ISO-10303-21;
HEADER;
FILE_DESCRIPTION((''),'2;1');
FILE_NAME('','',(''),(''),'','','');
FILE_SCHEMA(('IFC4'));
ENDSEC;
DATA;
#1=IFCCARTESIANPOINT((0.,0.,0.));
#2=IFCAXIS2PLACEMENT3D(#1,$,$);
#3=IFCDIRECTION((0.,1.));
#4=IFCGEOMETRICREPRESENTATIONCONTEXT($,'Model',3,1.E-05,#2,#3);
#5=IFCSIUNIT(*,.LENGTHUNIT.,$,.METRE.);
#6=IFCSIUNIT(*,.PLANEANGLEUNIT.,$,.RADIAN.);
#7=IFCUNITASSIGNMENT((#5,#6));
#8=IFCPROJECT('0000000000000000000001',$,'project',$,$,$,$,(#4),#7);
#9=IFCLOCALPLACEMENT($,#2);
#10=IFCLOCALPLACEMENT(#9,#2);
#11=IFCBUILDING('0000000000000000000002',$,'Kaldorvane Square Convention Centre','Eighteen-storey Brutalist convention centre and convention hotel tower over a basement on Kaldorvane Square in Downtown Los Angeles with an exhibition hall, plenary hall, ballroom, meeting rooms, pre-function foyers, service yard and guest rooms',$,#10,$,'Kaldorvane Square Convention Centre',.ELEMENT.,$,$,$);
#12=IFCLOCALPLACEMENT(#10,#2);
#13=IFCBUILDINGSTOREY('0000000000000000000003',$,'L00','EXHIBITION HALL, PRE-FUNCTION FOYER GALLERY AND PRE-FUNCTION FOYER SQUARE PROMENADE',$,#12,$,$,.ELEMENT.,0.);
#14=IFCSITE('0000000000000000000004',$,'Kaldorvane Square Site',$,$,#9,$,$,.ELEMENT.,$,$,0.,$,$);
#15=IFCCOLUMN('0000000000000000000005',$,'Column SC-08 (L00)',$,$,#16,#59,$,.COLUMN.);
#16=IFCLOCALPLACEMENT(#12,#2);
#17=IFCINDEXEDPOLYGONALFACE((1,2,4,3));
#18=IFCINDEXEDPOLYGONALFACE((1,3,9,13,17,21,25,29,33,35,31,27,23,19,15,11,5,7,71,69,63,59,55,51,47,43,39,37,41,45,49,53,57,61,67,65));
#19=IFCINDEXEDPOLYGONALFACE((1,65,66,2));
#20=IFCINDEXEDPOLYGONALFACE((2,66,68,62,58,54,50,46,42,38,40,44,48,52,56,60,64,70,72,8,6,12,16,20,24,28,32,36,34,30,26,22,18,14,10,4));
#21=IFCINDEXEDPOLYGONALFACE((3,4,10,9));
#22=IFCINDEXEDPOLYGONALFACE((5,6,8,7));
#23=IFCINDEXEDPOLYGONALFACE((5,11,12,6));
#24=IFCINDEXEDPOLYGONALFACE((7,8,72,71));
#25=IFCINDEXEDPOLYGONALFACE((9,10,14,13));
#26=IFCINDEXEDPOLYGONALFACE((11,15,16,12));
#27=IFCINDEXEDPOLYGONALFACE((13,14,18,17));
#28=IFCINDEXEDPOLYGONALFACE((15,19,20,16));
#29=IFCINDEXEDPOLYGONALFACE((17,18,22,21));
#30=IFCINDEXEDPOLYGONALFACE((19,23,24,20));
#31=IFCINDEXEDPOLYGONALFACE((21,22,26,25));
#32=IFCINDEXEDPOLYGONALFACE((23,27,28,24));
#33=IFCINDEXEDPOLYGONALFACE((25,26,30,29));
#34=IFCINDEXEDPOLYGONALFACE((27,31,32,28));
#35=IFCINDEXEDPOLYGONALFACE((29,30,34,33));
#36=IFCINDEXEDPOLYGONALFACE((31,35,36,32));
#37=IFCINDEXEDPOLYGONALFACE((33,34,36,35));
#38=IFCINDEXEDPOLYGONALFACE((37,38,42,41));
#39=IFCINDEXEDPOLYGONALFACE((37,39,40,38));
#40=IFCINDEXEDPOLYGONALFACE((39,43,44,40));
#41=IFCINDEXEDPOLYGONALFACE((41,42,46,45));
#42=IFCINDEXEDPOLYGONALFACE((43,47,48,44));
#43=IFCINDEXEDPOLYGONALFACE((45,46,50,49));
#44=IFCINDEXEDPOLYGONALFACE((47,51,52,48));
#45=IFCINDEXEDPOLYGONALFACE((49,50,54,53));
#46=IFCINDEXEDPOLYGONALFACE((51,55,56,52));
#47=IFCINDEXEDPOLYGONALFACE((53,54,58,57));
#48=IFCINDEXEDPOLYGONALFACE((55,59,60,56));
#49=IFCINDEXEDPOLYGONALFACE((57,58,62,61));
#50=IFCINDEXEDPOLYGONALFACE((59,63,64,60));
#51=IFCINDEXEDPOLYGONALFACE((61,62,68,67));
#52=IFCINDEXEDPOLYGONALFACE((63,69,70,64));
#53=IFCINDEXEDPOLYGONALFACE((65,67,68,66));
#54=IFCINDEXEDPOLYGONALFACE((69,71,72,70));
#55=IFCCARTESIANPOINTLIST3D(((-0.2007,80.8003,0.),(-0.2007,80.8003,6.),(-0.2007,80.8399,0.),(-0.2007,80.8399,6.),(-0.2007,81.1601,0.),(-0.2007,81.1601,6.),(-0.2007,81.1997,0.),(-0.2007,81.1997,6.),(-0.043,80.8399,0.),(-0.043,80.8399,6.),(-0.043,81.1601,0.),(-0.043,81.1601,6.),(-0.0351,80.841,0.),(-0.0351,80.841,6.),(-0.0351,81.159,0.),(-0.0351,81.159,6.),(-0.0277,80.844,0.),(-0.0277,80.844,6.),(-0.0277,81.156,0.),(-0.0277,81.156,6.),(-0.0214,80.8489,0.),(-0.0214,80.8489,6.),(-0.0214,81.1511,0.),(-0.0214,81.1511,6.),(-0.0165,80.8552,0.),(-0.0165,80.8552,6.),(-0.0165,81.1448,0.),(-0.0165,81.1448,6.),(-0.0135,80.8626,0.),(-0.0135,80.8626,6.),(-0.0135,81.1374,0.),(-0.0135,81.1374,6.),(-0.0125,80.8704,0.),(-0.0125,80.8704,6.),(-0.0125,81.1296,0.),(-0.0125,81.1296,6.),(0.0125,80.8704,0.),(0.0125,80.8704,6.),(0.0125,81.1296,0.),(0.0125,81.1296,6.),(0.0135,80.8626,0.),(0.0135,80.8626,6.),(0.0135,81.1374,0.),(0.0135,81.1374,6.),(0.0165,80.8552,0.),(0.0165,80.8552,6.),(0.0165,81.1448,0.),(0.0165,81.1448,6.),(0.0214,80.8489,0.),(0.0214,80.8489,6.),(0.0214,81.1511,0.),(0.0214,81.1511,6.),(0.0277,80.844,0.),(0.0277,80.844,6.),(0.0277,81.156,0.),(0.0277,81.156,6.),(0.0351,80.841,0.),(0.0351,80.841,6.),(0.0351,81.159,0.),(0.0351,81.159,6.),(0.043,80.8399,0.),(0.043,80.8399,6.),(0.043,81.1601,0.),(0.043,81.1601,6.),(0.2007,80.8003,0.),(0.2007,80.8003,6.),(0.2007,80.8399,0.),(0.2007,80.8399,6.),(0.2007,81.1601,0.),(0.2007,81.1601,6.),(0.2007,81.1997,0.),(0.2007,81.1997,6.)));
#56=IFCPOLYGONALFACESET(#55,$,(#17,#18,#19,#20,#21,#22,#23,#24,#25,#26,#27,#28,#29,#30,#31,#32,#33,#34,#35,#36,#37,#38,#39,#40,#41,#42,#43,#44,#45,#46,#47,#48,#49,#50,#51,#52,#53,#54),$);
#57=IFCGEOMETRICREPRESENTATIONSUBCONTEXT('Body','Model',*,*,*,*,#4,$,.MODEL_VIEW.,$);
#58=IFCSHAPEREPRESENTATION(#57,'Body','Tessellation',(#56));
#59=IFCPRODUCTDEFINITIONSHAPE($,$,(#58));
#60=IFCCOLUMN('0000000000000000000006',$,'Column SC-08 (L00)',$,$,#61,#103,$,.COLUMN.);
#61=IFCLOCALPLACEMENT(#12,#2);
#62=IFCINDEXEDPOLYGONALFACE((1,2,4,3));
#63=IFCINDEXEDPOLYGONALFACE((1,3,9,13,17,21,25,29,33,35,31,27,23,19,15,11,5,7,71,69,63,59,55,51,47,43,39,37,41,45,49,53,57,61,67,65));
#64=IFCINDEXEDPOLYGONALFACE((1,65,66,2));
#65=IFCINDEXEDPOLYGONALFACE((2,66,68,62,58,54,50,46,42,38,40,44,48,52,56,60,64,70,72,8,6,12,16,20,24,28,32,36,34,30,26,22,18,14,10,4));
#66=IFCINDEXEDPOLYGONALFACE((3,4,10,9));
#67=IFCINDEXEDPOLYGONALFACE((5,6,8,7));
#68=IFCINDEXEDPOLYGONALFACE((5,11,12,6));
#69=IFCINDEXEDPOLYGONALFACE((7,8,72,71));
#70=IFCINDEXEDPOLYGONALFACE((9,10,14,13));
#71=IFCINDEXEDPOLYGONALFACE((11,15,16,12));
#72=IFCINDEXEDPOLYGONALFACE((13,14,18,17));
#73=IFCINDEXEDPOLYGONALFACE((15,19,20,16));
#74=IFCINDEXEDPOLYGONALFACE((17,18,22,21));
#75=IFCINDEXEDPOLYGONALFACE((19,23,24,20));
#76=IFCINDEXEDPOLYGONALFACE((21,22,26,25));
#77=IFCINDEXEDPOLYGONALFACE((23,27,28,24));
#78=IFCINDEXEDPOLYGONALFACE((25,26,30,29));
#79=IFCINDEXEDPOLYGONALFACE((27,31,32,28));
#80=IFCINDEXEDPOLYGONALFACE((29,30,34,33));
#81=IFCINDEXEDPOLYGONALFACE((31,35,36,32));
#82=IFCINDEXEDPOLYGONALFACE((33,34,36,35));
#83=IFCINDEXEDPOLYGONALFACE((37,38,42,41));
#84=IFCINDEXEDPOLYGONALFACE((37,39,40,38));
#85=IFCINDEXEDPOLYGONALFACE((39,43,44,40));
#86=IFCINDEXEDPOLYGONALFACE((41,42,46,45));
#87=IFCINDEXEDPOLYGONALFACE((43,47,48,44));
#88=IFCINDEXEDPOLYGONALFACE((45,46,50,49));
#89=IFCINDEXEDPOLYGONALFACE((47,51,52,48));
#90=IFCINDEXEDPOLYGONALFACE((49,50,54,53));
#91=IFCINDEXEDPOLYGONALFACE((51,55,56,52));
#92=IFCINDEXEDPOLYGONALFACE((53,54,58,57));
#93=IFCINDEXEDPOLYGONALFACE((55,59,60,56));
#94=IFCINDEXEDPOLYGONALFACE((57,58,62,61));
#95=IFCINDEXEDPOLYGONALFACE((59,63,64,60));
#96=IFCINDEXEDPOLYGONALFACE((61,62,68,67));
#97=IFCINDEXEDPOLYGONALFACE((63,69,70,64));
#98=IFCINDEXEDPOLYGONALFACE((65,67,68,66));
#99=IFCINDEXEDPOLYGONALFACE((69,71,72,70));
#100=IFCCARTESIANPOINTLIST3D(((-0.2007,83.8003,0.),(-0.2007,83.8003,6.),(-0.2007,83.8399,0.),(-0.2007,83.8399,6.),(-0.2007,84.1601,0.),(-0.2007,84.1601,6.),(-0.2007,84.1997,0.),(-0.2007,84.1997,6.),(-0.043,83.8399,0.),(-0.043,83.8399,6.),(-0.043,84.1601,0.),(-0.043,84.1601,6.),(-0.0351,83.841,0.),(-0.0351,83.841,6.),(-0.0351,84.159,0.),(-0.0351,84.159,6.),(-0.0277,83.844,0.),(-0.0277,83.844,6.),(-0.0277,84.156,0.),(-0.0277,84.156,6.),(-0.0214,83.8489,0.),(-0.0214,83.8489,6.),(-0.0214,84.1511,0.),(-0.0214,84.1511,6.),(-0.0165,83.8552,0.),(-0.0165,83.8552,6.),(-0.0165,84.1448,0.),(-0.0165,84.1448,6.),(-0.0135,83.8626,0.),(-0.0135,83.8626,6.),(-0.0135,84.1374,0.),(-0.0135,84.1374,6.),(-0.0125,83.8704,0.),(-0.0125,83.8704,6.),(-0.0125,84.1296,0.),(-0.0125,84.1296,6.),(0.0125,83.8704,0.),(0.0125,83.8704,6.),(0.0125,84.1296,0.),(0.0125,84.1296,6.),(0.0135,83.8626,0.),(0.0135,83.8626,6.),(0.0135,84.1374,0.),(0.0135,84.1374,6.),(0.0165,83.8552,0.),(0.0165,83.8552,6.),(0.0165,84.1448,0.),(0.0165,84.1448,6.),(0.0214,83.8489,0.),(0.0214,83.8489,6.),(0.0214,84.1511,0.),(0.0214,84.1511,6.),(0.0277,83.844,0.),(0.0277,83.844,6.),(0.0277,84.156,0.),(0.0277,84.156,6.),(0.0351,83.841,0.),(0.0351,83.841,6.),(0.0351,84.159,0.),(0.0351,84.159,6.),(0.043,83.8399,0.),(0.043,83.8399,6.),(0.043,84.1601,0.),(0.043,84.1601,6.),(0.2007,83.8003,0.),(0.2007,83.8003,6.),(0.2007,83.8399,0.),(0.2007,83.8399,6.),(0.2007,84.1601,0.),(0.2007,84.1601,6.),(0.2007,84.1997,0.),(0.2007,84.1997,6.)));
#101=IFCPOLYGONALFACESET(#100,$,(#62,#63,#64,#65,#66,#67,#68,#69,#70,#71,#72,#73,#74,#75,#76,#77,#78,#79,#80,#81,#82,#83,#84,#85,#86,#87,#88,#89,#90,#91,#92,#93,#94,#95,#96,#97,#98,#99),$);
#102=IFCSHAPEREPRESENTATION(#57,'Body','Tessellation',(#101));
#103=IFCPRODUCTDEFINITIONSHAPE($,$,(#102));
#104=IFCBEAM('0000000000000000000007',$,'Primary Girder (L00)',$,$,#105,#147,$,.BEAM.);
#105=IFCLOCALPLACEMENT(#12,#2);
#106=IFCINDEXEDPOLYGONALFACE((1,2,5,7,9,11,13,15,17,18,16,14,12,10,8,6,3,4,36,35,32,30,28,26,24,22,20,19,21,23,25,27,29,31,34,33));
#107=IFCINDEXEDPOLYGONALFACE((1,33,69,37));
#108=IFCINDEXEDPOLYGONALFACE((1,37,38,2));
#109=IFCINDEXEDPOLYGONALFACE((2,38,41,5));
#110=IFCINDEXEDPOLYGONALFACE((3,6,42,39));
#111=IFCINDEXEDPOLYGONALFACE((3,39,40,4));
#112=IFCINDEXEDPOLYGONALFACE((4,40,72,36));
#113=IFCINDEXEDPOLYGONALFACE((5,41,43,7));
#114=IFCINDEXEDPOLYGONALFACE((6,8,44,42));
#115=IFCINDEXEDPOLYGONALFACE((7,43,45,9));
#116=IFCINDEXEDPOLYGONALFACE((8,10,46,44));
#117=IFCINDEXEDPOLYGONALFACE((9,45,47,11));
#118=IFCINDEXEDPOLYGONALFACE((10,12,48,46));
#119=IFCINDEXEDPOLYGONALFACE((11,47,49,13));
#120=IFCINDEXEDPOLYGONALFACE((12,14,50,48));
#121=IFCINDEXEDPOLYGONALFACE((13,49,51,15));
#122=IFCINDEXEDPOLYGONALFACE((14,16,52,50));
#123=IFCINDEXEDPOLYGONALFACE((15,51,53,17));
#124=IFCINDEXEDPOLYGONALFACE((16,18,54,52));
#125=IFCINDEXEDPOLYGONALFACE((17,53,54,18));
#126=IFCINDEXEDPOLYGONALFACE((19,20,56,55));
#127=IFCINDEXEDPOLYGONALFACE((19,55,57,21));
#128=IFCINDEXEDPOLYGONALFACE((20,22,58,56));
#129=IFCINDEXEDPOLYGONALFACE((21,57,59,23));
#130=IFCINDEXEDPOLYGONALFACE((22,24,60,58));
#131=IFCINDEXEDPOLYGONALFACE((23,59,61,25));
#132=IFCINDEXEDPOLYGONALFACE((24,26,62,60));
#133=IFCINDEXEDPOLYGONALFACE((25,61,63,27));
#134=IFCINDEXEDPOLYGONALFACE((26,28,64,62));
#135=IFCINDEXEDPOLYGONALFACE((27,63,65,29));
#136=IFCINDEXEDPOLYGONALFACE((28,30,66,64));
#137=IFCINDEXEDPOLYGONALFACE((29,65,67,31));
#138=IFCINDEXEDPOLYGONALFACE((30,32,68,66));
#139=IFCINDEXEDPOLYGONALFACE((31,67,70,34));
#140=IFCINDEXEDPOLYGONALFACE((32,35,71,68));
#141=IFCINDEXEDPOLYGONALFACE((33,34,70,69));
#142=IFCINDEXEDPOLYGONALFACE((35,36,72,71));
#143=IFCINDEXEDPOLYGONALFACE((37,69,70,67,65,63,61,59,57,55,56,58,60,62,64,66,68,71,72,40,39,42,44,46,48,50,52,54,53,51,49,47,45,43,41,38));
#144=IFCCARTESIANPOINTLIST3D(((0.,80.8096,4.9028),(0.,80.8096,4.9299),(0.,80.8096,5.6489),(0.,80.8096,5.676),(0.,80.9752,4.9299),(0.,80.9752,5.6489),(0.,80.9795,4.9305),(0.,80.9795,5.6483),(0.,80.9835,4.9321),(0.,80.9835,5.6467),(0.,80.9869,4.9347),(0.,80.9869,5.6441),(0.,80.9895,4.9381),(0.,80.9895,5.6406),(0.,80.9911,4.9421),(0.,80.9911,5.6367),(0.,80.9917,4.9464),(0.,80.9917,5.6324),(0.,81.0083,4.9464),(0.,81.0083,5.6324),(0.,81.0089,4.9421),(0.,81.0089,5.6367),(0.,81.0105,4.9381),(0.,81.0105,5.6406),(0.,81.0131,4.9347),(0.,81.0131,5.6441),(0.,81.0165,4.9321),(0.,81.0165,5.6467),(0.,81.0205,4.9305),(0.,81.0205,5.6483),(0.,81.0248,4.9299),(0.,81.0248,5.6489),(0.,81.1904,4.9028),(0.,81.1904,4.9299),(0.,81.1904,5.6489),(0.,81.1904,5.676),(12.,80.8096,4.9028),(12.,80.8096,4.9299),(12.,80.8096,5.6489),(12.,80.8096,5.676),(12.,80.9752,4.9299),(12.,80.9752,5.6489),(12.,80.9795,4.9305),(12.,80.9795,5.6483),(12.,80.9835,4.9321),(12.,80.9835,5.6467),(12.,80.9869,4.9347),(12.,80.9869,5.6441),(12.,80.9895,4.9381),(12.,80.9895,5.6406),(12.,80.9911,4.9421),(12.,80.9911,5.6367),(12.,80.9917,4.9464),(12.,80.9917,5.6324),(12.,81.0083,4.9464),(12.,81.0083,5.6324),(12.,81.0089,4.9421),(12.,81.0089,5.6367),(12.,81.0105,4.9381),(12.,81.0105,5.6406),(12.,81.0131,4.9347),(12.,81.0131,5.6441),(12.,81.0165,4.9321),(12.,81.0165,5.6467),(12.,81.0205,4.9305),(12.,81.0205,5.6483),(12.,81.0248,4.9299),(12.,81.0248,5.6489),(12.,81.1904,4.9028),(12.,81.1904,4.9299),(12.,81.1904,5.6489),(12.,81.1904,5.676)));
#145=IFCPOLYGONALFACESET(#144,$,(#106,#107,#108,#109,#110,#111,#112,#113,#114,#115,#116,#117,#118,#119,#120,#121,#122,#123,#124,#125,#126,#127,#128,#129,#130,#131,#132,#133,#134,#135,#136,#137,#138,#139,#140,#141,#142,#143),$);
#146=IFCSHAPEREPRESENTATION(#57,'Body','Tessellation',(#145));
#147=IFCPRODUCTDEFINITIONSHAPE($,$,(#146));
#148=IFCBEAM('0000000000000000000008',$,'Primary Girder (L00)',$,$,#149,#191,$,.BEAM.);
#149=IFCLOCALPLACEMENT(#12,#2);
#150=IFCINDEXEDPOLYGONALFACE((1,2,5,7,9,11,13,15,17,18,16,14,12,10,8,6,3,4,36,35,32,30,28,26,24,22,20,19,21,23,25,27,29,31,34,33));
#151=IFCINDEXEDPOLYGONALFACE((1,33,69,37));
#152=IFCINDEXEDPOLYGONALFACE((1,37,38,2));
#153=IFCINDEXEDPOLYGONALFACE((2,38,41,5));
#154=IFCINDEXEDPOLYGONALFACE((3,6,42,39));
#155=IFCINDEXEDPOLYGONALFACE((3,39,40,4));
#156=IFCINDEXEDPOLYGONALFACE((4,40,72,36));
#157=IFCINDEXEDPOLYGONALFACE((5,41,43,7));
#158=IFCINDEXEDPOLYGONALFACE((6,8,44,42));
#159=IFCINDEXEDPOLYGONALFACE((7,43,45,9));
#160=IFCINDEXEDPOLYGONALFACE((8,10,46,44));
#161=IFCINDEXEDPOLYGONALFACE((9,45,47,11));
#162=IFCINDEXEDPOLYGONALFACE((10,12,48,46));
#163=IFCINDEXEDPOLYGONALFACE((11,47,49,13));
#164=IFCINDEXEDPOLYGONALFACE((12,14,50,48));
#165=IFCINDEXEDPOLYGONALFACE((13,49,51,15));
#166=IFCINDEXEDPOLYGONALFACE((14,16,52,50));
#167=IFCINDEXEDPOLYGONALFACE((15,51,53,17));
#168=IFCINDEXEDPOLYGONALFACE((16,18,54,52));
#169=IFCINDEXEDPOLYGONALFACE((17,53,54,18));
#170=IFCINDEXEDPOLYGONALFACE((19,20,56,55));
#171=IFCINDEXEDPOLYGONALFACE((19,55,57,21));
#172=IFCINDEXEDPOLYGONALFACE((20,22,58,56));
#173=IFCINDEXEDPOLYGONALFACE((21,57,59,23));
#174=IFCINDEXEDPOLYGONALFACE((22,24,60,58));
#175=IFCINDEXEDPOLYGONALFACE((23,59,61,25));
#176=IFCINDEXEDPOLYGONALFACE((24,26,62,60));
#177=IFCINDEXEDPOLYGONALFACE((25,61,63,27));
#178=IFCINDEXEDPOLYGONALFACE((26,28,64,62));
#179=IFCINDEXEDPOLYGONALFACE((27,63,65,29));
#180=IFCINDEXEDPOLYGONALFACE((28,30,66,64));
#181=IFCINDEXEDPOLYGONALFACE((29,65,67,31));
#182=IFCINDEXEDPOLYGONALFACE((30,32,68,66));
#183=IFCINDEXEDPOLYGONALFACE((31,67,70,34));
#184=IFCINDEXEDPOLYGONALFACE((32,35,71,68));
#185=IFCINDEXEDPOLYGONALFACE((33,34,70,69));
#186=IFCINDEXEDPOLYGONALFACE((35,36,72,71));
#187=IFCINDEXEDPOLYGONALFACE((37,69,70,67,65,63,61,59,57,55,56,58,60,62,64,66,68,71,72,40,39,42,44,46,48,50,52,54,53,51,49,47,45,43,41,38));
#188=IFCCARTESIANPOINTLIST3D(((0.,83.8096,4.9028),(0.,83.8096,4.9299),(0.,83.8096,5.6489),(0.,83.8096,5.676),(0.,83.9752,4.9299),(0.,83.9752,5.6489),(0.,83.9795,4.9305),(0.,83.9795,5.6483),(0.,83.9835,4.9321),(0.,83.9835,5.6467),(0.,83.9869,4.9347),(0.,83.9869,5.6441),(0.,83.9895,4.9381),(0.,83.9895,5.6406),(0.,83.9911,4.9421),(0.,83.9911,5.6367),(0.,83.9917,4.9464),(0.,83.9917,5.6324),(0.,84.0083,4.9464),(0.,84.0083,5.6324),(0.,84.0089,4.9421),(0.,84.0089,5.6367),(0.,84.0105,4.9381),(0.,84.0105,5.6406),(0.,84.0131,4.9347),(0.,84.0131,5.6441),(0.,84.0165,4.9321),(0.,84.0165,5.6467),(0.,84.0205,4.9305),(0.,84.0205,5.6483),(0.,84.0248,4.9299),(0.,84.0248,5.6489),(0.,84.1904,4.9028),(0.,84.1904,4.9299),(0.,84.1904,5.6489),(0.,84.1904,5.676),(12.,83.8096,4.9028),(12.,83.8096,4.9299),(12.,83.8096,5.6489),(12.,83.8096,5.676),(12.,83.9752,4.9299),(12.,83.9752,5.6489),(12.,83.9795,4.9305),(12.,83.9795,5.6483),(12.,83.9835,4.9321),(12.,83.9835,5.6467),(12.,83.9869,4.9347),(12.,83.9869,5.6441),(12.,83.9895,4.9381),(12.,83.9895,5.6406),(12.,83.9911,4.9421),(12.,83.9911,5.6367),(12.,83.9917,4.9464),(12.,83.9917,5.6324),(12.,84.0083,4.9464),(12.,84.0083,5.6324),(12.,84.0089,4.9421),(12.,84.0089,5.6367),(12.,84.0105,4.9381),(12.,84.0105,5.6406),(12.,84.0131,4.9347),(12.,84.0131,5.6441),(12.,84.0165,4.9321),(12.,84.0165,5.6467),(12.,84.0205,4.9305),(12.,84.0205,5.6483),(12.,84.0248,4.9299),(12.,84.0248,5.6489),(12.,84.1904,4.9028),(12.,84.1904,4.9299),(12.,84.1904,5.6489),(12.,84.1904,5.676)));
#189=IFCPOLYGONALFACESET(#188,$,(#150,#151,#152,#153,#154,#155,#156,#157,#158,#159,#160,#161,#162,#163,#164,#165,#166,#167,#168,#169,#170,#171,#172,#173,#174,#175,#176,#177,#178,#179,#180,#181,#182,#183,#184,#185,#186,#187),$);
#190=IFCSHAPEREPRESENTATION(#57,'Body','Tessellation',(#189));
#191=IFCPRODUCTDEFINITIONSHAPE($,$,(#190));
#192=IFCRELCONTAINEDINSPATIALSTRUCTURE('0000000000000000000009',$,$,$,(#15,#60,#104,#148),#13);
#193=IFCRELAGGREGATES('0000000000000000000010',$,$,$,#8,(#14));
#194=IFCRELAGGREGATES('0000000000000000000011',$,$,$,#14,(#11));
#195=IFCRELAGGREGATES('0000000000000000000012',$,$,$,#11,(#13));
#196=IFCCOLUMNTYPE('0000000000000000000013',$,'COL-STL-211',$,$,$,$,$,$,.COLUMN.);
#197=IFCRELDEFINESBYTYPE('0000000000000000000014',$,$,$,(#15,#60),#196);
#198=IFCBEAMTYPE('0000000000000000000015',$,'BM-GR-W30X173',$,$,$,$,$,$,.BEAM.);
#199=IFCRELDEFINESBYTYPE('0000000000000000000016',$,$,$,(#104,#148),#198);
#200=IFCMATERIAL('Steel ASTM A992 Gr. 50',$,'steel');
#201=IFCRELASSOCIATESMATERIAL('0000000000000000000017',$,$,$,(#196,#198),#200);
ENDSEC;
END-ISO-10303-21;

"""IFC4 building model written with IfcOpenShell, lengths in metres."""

from ifc_helpers import new_model, si_unit, direction, frame, origin, origin_2d, place, context, subcontext, project, spatial, i_section, extrude, material, material_profile, profile_set, type_object, element, save


model = new_model("IFC4")

# Units and contexts
model_context = context("Model", 3, precision=1e-05, world=origin(), true_north=direction((0.0, 1.0)))
body_context = subcontext(model_context, "Body", "Model", "MODEL_VIEW")
ifc_project = project(units=[si_unit("LENGTHUNIT", "METRE"), si_unit("PLANEANGLEUNIT", "RADIAN")], contexts=[model_context])

# Site, building, storey
site_placement = place(None, origin())
site = spatial("IfcSite", under=ifc_project, at=site_placement, Name="Kaldorvane Square Site", CompositionType="ELEMENT", RefElevation=0.0)
building_placement = place(site_placement, origin())
building = spatial("IfcBuilding", under=site, at=building_placement, Name="Kaldorvane Square Convention Centre", Description="Eighteen-storey Brutalist convention centre and convention hotel tower over a basement on Kaldorvane Square in Downtown Los Angeles with an exhibition hall, plenary hall, ballroom, meeting rooms, pre-function foyers, service yard and guest rooms", LongName="Kaldorvane Square Convention Centre", CompositionType="ELEMENT")
storey_placement = place(building_placement, origin())
storey = spatial("IfcBuildingStorey", under=building, at=storey_placement, Name="L00", Description="EXHIBITION HALL, PRE-FUNCTION FOYER GALLERY AND PRE-FUNCTION FOYER SQUARE PROMENADE", CompositionType="ELEMENT", Elevation=0.0)

# Columns
ifc_material_1 = material(Name="Steel ASTM A992 Gr. 50", Category="steel")
ifc_material_profile_1 = material_profile(ifc_material_1, i_section(OverallWidth=0.4013, OverallDepth=0.3993, WebThickness=0.0249, FlangeThickness=0.0396, FilletRadius=0.0305, at=origin_2d()), Name="W14X211")
ifc_profile_set_1 = profile_set([ifc_material_profile_1], Name="Steel ASTM A992 Gr. 50")
column_type = type_object("IfcColumnType", Name="COL-STL-211", PredefinedType="COLUMN", material=ifc_profile_set_1)
for number, where, z_axis, x_axis, name in (
    (1, (0.0, 81.0, 0.0), (0.0, 0.0, 1.0), (1.0, 0.0, 0.0), "Column SC-08 (L00)"),
    (2, (0.0, 84.0, 0.0), (0.0, 0.0, 1.0), (1.0, 0.0, 0.0), "Column SC-08 (L00)"),
):
    element("IfcColumn", number, at=place(storey_placement, frame(where, z_axis=z_axis, x_axis=x_axis)), inside=storey, type_object=column_type, Name=name, PredefinedType="COLUMN", context=body_context, shape_type="SweptSolid", body=[
        extrude(i_section(OverallWidth=0.4013, OverallDepth=0.3993, WebThickness=0.0249, FlangeThickness=0.0396, FilletRadius=0.0305, at=origin_2d()), origin(), (0.0, 0.0, 1.0), 6.0),
    ])

# Beams
ifc_material_profile_2 = material_profile(ifc_material_1, i_section(OverallWidth=0.3807, OverallDepth=0.7732, WebThickness=0.0166, FlangeThickness=0.0271, FilletRadius=0.0165, at=origin_2d()), Name="W30X173")
ifc_profile_set_2 = profile_set([ifc_material_profile_2], Name="Steel ASTM A992 Gr. 50")
beam_type_1 = type_object("IfcBeamType", Name="BM-GR-W30X173", PredefinedType="BEAM", material=ifc_profile_set_2)
for number, where, z_axis, x_axis, name in (
    (3, (0.0, 81.0, 5.2894), (1.0, 0.0, 0.0), (0.0, 1.0, 0.0), "Primary Girder (L00)"),
    (4, (0.0, 84.0, 5.2894), (1.0, 0.0, 0.0), (0.0, 1.0, 0.0), "Primary Girder (L00)"),
):
    element("IfcBeam", number, at=place(storey_placement, frame(where, z_axis=z_axis, x_axis=x_axis)), inside=storey, type_object=beam_type_1, Name=name, PredefinedType="BEAM", context=body_context, shape_type="SweptSolid", body=[
        extrude(i_section(OverallWidth=0.3807, OverallDepth=0.7732, WebThickness=0.0166, FlangeThickness=0.0271, FilletRadius=0.0165, at=origin_2d()), origin(), (0.0, 0.0, 1.0), 12.0),
    ])

save(model, "model.ifc")
